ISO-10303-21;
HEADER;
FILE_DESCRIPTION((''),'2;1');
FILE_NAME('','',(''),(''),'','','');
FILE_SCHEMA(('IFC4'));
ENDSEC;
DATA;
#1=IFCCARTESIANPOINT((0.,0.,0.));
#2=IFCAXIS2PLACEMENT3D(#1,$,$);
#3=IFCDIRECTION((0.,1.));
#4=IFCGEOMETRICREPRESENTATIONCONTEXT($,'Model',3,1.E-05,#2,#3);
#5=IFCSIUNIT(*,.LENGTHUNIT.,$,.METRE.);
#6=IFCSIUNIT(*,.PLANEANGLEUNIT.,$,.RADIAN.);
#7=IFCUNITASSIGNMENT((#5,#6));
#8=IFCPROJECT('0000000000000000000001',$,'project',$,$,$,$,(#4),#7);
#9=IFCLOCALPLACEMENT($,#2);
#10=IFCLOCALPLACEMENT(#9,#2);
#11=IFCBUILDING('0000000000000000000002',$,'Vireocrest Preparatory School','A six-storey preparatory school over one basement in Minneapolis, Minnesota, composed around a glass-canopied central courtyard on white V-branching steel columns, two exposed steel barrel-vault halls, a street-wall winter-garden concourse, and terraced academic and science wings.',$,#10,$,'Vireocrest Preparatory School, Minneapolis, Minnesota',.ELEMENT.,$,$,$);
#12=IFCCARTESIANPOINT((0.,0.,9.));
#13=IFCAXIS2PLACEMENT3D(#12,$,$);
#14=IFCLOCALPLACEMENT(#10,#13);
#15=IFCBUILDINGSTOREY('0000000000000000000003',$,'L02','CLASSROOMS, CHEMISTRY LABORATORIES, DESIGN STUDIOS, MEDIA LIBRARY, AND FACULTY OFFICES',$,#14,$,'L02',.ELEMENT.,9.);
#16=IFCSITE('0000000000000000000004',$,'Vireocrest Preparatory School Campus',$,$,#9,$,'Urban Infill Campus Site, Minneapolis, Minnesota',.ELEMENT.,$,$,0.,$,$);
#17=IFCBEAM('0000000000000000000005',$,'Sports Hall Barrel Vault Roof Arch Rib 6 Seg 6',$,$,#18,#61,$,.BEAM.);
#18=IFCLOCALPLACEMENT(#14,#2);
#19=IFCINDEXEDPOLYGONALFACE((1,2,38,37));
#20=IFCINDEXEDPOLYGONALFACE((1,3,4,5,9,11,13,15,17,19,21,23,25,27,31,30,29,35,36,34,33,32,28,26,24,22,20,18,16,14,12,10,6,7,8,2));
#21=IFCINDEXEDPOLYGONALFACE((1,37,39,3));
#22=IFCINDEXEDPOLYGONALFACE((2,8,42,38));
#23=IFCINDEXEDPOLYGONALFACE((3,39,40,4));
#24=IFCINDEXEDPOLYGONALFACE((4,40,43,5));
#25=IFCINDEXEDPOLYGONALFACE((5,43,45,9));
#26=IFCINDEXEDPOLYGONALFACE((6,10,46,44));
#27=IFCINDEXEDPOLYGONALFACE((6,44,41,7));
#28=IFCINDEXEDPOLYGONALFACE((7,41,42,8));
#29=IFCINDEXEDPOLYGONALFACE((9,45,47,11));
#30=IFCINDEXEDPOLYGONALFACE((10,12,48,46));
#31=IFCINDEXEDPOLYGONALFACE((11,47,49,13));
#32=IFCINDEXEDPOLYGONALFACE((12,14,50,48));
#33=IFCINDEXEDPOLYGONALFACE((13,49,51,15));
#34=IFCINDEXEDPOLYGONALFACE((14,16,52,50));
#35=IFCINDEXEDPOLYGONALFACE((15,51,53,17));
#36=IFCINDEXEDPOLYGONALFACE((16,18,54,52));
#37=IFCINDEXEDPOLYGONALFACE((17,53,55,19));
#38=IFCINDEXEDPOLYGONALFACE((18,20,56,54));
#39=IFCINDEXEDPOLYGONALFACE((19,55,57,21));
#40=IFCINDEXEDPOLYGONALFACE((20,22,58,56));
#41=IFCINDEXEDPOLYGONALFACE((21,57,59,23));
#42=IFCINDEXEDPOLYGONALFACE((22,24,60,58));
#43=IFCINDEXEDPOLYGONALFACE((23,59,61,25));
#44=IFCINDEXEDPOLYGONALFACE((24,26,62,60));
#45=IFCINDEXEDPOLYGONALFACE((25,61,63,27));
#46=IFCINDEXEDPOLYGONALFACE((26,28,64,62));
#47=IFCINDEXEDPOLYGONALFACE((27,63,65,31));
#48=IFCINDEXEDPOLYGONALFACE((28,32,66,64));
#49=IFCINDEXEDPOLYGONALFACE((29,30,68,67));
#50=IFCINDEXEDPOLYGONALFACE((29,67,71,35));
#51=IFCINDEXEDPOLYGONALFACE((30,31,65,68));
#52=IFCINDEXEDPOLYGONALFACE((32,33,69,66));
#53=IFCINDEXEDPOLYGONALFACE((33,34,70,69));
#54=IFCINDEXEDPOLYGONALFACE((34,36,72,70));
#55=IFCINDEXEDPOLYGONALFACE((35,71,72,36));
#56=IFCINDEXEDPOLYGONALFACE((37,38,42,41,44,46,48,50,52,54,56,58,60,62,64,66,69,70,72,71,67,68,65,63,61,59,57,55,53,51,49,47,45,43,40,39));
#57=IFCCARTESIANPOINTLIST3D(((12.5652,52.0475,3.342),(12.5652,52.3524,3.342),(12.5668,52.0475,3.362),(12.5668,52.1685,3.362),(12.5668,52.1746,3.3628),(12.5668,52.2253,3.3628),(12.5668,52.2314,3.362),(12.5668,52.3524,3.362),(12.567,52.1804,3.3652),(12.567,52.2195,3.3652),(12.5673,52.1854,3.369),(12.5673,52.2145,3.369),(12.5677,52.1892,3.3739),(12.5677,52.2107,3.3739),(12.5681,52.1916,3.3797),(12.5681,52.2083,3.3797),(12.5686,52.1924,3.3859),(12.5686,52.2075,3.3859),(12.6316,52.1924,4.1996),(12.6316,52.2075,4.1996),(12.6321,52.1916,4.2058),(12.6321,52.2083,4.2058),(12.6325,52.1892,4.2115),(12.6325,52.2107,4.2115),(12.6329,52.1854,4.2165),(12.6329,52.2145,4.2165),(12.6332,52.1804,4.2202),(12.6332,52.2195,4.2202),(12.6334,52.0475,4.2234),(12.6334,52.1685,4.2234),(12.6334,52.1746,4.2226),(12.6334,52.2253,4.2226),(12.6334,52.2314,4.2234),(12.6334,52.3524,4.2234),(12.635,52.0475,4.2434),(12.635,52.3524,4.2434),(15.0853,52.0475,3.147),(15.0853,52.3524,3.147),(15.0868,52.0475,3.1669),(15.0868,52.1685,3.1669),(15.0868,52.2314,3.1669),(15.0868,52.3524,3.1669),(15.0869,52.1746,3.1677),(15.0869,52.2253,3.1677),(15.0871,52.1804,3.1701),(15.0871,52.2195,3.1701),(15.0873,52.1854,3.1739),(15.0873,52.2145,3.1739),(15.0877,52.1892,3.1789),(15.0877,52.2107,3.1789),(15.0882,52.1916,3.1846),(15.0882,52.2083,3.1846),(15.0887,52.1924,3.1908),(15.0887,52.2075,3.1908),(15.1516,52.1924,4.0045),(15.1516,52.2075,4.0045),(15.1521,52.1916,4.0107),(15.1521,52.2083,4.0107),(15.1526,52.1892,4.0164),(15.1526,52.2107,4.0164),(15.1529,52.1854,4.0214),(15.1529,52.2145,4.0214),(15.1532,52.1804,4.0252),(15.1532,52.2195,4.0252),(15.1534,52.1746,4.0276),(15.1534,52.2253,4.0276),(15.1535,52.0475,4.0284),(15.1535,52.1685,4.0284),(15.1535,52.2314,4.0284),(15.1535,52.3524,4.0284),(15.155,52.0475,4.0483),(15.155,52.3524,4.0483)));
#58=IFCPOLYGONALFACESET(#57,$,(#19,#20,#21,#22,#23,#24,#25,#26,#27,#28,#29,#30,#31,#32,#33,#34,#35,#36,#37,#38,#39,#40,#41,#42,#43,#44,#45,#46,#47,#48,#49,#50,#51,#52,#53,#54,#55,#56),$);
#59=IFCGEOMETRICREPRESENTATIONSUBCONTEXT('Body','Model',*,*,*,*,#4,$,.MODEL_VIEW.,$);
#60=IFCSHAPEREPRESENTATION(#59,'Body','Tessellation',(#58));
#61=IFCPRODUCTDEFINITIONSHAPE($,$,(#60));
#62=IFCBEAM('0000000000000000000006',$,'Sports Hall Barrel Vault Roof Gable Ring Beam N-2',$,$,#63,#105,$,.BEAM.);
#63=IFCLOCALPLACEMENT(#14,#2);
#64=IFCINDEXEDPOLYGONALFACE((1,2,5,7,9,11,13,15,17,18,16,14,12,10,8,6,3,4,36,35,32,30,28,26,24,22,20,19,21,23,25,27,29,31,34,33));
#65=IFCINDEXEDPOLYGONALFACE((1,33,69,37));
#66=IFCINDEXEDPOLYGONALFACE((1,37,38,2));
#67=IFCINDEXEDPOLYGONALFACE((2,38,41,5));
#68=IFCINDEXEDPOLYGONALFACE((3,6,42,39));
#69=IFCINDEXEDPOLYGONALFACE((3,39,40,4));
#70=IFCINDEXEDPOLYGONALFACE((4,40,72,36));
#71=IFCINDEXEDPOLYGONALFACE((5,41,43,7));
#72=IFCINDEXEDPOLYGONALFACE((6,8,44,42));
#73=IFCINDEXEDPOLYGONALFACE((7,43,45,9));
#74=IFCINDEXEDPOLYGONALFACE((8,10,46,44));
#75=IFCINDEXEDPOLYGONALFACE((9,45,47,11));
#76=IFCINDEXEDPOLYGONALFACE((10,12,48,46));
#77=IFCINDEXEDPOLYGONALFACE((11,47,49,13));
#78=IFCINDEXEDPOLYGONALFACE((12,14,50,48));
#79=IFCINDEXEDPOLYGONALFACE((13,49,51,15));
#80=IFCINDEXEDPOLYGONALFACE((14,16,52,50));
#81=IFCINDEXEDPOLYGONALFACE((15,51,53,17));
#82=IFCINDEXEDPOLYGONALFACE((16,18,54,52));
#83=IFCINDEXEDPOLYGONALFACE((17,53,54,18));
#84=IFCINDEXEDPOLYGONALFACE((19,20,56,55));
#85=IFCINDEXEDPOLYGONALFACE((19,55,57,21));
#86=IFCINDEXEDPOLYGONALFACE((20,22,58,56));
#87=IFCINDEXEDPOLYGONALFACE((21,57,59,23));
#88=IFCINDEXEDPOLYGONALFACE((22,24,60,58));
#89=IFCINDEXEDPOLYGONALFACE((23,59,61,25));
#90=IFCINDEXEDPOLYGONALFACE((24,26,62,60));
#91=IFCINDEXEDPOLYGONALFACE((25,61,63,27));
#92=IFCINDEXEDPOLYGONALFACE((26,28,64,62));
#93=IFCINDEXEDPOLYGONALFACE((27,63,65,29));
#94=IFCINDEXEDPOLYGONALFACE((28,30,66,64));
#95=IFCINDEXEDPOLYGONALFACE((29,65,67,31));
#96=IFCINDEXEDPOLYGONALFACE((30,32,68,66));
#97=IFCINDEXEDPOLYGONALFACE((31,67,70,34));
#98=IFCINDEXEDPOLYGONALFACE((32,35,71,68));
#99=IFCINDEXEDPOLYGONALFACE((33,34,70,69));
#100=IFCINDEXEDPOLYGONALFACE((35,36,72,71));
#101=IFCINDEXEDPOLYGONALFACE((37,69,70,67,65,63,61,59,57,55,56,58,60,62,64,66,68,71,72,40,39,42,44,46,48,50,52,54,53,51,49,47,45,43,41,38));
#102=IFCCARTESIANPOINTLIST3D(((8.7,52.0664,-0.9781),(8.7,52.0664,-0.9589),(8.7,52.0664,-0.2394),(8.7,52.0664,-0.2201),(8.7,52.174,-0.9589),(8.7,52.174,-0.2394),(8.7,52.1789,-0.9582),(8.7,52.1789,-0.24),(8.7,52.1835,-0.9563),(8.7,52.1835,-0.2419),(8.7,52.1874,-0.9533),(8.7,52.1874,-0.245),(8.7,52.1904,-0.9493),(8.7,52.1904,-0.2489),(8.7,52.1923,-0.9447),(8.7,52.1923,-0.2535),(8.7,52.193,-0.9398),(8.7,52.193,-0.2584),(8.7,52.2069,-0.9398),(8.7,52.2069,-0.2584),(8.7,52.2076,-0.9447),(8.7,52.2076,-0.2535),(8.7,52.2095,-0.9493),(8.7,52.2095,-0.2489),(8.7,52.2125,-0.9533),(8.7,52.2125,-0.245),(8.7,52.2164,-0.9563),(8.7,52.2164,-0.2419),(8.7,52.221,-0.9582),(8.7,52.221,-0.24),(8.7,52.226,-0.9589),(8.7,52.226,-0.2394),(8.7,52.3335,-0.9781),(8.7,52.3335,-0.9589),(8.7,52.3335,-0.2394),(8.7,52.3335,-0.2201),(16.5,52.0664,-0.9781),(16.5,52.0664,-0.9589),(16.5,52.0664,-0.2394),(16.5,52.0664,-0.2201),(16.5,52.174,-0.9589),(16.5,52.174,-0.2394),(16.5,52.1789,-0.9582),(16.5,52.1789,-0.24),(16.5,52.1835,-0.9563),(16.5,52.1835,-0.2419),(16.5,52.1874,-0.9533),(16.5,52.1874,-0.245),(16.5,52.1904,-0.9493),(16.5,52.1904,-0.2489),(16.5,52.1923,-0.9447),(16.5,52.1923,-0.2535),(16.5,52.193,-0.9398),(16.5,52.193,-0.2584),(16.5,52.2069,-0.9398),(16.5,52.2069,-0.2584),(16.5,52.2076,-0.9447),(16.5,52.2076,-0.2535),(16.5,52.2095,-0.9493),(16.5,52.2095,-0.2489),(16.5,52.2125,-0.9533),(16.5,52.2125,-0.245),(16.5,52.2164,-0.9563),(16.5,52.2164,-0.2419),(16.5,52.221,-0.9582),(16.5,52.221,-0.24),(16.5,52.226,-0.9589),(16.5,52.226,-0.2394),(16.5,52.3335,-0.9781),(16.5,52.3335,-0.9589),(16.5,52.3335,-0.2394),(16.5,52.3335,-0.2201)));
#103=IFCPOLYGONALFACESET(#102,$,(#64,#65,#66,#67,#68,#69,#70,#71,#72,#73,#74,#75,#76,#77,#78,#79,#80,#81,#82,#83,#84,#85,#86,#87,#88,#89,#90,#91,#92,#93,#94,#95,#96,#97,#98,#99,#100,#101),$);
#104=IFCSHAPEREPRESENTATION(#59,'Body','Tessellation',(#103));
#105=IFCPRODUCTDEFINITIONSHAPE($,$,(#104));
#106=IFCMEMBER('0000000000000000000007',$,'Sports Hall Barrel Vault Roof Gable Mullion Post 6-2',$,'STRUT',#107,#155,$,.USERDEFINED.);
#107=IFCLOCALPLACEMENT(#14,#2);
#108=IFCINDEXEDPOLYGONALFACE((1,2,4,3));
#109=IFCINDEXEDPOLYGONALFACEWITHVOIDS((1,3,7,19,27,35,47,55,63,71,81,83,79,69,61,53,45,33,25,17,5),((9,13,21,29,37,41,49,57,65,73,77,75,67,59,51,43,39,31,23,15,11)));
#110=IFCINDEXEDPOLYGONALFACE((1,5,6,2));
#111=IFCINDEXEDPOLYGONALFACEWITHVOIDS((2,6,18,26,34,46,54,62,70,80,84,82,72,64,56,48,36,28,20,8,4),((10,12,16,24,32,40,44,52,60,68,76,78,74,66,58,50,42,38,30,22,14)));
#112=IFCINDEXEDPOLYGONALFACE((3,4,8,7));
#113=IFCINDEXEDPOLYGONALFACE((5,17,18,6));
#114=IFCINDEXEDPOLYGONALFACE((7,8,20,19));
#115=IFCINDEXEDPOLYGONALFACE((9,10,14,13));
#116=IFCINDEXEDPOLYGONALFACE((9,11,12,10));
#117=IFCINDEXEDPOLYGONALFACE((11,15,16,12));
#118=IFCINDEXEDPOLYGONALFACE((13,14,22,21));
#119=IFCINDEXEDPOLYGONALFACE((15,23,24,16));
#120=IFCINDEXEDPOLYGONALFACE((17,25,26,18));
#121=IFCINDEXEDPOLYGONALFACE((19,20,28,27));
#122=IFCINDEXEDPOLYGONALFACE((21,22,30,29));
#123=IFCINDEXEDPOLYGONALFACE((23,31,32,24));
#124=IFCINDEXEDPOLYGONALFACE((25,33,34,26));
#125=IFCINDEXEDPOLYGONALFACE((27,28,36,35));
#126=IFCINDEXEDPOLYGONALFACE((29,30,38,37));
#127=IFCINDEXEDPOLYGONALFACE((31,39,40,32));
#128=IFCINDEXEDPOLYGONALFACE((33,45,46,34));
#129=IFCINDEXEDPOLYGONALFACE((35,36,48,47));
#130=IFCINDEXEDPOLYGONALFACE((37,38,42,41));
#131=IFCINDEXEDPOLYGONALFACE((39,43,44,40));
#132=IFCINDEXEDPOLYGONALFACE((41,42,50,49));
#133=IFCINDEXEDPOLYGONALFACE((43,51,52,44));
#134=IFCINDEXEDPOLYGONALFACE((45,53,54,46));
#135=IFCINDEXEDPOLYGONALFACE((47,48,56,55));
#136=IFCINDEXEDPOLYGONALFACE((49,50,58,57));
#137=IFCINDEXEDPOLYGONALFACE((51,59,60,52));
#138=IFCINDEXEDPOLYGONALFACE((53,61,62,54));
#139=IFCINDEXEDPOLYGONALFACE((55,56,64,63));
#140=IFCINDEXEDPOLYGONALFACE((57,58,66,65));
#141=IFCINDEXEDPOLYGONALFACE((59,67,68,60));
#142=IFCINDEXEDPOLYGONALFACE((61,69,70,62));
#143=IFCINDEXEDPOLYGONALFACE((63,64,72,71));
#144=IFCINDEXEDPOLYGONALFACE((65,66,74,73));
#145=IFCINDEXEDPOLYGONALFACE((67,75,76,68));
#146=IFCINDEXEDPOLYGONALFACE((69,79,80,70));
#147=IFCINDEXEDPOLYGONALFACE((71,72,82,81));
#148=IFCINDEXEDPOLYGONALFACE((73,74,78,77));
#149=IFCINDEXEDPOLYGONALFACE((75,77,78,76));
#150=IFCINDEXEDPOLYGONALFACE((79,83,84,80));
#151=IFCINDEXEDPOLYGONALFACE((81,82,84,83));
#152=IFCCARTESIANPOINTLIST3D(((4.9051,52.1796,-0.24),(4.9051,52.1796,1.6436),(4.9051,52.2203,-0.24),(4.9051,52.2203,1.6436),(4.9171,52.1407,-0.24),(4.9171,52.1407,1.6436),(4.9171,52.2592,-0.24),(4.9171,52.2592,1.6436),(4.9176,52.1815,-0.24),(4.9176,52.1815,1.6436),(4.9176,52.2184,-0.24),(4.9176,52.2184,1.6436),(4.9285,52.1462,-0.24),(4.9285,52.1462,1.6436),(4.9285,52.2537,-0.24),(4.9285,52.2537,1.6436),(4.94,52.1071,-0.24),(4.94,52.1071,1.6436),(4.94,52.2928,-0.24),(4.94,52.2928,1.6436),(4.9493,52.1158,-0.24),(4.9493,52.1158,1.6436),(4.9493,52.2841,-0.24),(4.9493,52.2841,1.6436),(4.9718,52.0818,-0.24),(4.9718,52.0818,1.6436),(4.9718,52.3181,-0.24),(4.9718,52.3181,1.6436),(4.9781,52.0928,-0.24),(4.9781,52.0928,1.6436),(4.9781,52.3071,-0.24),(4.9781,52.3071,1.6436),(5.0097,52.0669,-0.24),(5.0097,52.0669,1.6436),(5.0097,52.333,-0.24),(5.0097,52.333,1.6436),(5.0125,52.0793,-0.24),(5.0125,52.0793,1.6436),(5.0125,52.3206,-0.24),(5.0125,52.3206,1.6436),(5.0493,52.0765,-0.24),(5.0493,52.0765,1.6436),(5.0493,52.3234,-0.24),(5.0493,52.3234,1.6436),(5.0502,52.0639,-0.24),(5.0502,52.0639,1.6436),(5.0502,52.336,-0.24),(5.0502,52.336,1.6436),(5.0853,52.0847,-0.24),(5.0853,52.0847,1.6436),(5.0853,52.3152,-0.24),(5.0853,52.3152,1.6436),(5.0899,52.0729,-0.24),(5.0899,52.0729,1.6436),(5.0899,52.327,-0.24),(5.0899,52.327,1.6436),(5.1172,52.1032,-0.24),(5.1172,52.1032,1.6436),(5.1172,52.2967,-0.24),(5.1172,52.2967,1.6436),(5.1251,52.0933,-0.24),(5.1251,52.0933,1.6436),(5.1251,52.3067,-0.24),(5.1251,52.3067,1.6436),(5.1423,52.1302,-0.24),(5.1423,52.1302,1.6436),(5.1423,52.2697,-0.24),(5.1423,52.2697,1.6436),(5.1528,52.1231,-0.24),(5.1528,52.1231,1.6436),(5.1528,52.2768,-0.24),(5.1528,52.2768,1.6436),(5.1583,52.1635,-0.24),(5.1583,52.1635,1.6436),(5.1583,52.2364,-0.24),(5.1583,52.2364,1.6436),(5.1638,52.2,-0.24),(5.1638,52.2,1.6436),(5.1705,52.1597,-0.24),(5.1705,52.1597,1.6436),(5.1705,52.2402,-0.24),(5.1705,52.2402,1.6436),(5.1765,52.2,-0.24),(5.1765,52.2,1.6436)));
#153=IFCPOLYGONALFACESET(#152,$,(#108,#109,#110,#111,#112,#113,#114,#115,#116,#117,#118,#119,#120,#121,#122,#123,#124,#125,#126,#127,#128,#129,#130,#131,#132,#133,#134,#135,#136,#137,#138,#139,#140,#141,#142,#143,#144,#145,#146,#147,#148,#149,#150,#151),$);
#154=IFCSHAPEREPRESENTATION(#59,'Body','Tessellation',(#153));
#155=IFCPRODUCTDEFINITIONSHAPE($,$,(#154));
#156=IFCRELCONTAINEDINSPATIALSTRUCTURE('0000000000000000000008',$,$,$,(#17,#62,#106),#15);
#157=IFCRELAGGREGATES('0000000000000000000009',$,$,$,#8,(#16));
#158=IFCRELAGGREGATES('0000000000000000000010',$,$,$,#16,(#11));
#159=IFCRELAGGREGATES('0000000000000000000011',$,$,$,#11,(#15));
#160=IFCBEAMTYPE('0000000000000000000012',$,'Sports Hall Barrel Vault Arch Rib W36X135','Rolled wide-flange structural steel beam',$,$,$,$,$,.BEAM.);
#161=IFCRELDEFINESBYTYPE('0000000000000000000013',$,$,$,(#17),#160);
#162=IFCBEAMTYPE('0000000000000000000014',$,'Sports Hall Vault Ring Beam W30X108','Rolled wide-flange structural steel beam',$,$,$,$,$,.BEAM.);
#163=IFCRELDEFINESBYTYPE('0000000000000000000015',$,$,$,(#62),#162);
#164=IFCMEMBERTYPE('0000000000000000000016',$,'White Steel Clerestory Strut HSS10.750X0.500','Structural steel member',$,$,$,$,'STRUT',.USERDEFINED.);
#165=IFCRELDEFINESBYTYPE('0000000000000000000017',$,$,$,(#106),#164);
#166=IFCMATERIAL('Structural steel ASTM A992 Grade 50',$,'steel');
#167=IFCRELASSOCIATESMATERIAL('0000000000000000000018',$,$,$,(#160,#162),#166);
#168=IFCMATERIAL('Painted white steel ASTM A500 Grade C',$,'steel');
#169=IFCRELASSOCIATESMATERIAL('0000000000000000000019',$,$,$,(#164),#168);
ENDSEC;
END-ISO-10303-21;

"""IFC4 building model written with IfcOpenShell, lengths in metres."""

from ifc_helpers import new_model, si_unit, direction, frame, origin, origin_2d, place, context, subcontext, project, spatial, hollow_circle, i_section, extrude, material, material_profile, profile_set, type_object, element, save


model = new_model("IFC4")

# Units and contexts
model_context = context("Model", 3, precision=1e-05, world=origin(), true_north=direction((0.0, 1.0)))
body_context = subcontext(model_context, "Body", "Model", "MODEL_VIEW")
ifc_project = project(units=[si_unit("LENGTHUNIT", "METRE"), si_unit("PLANEANGLEUNIT", "RADIAN")], contexts=[model_context])

# Site, building, storey
site_placement = place(None, origin())
site = spatial("IfcSite", under=ifc_project, at=site_placement, Name="Vireocrest Preparatory School Campus", LongName="Urban Infill Campus Site, Minneapolis, Minnesota", CompositionType="ELEMENT", RefElevation=0.0)
building_placement = place(site_placement, origin())
building = spatial("IfcBuilding", under=site, at=building_placement, Name="Vireocrest Preparatory School", Description="A six-storey preparatory school over one basement in Minneapolis, Minnesota, composed around a glass-canopied central courtyard on white V-branching steel columns, two exposed steel barrel-vault halls, a street-wall winter-garden concourse, and terraced academic and science wings.", LongName="Vireocrest Preparatory School, Minneapolis, Minnesota", CompositionType="ELEMENT")
storey_placement = place(building_placement, frame((0.0, 0.0, 9.0)))
storey = spatial("IfcBuildingStorey", under=building, at=storey_placement, Name="L02", Description="CLASSROOMS, CHEMISTRY LABORATORIES, DESIGN STUDIOS, MEDIA LIBRARY, AND FACULTY OFFICES", LongName="L02", CompositionType="ELEMENT", Elevation=9.0)

# Beams
ifc_material_1 = material(Name="Structural steel ASTM A992 Grade 50", Category="steel")
ifc_material_profile_1 = material_profile(ifc_material_1, i_section(OverallWidth=0.3049, OverallDepth=0.9041, WebThickness=0.0151, FlangeThickness=0.02, FilletRadius=0.0239, at=origin_2d()), Name="W36X135")
ifc_profile_set_1 = profile_set([ifc_material_profile_1], Name="Structural steel ASTM A992 Grade 50")
beam_type_1 = type_object("IfcBeamType", Name="Sports Hall Barrel Vault Arch Rib W36X135", Description="Rolled wide-flange structural steel beam", PredefinedType="BEAM", material=ifc_profile_set_1)
for number, where, z_axis, x_axis, name in (
    (1, (12.6001, 52.2, 3.7927), (0.997017, 0.0, -0.077177), (0.0, 1.0, 0.0), "Sports Hall Barrel Vault Roof Arch Rib 6 Seg 6"),
):
    element("IfcBeam", number, at=place(storey_placement, frame(where, z_axis=z_axis, x_axis=x_axis)), inside=storey, type_object=beam_type_1, Name=name, PredefinedType="BEAM", context=body_context, shape_type="SweptSolid", body=[
        extrude(i_section(OverallWidth=0.3049, OverallDepth=0.9041, WebThickness=0.0151, FlangeThickness=0.02, FilletRadius=0.0239, at=origin_2d()), origin(), (0.0, 0.0, 1.0), 2.5276),
    ])
ifc_material_profile_2 = material_profile(ifc_material_1, i_section(OverallWidth=0.2671, OverallDepth=0.7581, WebThickness=0.0139, FlangeThickness=0.0193, FilletRadius=0.019, at=origin_2d()), Name="W30X108")
ifc_profile_set_2 = profile_set([ifc_material_profile_2], Name="Structural steel ASTM A992 Grade 50")
beam_type_2 = type_object("IfcBeamType", Name="Sports Hall Vault Ring Beam W30X108", Description="Rolled wide-flange structural steel beam", PredefinedType="BEAM", material=ifc_profile_set_2)
beam_1_placement = place(storey_placement, frame((8.7, 52.2, -0.5991), z_axis=(1.0, 0.0, 0.0), x_axis=(0.0, 1.0, 0.0)))
element("IfcBeam", 2, at=beam_1_placement, inside=storey, type_object=beam_type_2, Name="Sports Hall Barrel Vault Roof Gable Ring Beam N-2", PredefinedType="BEAM", context=body_context, shape_type="SweptSolid", body=[
    extrude(i_section(OverallWidth=0.2671, OverallDepth=0.7581, WebThickness=0.0139, FlangeThickness=0.0193, FilletRadius=0.019, at=origin_2d()), origin(), (0.0, 0.0, 1.0), 7.8),
])

# Member
ifc_material_2 = material(Name="Painted white steel ASTM A500 Grade C", Category="steel")
ifc_material_profile_3 = material_profile(ifc_material_2, hollow_circle(Radius=0.1365, WallThickness=0.0127, at=origin_2d()), Name="HSS10.750X0.500")
ifc_profile_set_3 = profile_set([ifc_material_profile_3], Name="Painted white steel ASTM A500 Grade C")
member_type_1 = type_object("IfcMemberType", Name="White Steel Clerestory Strut HSS10.750X0.500", Description="Structural steel member", ElementType="STRUT", PredefinedType="USERDEFINED", material=ifc_profile_set_3)
member_1_placement = place(storey_placement, frame((5.04, 52.2, -0.24), z_axis=(0.0, 0.0, 1.0), x_axis=(1.0, 0.0, 0.0)))
element("IfcMember", 3, at=member_1_placement, inside=storey, type_object=member_type_1, Name="Sports Hall Barrel Vault Roof Gable Mullion Post 6-2", ObjectType="STRUT", PredefinedType="USERDEFINED", context=body_context, shape_type="SweptSolid", body=[
    extrude(hollow_circle(Radius=0.1365, WallThickness=0.0127, at=origin_2d()), origin(), (0.0, 0.0, 1.0), 1.8835),
])

save(model, "model.ifc")
